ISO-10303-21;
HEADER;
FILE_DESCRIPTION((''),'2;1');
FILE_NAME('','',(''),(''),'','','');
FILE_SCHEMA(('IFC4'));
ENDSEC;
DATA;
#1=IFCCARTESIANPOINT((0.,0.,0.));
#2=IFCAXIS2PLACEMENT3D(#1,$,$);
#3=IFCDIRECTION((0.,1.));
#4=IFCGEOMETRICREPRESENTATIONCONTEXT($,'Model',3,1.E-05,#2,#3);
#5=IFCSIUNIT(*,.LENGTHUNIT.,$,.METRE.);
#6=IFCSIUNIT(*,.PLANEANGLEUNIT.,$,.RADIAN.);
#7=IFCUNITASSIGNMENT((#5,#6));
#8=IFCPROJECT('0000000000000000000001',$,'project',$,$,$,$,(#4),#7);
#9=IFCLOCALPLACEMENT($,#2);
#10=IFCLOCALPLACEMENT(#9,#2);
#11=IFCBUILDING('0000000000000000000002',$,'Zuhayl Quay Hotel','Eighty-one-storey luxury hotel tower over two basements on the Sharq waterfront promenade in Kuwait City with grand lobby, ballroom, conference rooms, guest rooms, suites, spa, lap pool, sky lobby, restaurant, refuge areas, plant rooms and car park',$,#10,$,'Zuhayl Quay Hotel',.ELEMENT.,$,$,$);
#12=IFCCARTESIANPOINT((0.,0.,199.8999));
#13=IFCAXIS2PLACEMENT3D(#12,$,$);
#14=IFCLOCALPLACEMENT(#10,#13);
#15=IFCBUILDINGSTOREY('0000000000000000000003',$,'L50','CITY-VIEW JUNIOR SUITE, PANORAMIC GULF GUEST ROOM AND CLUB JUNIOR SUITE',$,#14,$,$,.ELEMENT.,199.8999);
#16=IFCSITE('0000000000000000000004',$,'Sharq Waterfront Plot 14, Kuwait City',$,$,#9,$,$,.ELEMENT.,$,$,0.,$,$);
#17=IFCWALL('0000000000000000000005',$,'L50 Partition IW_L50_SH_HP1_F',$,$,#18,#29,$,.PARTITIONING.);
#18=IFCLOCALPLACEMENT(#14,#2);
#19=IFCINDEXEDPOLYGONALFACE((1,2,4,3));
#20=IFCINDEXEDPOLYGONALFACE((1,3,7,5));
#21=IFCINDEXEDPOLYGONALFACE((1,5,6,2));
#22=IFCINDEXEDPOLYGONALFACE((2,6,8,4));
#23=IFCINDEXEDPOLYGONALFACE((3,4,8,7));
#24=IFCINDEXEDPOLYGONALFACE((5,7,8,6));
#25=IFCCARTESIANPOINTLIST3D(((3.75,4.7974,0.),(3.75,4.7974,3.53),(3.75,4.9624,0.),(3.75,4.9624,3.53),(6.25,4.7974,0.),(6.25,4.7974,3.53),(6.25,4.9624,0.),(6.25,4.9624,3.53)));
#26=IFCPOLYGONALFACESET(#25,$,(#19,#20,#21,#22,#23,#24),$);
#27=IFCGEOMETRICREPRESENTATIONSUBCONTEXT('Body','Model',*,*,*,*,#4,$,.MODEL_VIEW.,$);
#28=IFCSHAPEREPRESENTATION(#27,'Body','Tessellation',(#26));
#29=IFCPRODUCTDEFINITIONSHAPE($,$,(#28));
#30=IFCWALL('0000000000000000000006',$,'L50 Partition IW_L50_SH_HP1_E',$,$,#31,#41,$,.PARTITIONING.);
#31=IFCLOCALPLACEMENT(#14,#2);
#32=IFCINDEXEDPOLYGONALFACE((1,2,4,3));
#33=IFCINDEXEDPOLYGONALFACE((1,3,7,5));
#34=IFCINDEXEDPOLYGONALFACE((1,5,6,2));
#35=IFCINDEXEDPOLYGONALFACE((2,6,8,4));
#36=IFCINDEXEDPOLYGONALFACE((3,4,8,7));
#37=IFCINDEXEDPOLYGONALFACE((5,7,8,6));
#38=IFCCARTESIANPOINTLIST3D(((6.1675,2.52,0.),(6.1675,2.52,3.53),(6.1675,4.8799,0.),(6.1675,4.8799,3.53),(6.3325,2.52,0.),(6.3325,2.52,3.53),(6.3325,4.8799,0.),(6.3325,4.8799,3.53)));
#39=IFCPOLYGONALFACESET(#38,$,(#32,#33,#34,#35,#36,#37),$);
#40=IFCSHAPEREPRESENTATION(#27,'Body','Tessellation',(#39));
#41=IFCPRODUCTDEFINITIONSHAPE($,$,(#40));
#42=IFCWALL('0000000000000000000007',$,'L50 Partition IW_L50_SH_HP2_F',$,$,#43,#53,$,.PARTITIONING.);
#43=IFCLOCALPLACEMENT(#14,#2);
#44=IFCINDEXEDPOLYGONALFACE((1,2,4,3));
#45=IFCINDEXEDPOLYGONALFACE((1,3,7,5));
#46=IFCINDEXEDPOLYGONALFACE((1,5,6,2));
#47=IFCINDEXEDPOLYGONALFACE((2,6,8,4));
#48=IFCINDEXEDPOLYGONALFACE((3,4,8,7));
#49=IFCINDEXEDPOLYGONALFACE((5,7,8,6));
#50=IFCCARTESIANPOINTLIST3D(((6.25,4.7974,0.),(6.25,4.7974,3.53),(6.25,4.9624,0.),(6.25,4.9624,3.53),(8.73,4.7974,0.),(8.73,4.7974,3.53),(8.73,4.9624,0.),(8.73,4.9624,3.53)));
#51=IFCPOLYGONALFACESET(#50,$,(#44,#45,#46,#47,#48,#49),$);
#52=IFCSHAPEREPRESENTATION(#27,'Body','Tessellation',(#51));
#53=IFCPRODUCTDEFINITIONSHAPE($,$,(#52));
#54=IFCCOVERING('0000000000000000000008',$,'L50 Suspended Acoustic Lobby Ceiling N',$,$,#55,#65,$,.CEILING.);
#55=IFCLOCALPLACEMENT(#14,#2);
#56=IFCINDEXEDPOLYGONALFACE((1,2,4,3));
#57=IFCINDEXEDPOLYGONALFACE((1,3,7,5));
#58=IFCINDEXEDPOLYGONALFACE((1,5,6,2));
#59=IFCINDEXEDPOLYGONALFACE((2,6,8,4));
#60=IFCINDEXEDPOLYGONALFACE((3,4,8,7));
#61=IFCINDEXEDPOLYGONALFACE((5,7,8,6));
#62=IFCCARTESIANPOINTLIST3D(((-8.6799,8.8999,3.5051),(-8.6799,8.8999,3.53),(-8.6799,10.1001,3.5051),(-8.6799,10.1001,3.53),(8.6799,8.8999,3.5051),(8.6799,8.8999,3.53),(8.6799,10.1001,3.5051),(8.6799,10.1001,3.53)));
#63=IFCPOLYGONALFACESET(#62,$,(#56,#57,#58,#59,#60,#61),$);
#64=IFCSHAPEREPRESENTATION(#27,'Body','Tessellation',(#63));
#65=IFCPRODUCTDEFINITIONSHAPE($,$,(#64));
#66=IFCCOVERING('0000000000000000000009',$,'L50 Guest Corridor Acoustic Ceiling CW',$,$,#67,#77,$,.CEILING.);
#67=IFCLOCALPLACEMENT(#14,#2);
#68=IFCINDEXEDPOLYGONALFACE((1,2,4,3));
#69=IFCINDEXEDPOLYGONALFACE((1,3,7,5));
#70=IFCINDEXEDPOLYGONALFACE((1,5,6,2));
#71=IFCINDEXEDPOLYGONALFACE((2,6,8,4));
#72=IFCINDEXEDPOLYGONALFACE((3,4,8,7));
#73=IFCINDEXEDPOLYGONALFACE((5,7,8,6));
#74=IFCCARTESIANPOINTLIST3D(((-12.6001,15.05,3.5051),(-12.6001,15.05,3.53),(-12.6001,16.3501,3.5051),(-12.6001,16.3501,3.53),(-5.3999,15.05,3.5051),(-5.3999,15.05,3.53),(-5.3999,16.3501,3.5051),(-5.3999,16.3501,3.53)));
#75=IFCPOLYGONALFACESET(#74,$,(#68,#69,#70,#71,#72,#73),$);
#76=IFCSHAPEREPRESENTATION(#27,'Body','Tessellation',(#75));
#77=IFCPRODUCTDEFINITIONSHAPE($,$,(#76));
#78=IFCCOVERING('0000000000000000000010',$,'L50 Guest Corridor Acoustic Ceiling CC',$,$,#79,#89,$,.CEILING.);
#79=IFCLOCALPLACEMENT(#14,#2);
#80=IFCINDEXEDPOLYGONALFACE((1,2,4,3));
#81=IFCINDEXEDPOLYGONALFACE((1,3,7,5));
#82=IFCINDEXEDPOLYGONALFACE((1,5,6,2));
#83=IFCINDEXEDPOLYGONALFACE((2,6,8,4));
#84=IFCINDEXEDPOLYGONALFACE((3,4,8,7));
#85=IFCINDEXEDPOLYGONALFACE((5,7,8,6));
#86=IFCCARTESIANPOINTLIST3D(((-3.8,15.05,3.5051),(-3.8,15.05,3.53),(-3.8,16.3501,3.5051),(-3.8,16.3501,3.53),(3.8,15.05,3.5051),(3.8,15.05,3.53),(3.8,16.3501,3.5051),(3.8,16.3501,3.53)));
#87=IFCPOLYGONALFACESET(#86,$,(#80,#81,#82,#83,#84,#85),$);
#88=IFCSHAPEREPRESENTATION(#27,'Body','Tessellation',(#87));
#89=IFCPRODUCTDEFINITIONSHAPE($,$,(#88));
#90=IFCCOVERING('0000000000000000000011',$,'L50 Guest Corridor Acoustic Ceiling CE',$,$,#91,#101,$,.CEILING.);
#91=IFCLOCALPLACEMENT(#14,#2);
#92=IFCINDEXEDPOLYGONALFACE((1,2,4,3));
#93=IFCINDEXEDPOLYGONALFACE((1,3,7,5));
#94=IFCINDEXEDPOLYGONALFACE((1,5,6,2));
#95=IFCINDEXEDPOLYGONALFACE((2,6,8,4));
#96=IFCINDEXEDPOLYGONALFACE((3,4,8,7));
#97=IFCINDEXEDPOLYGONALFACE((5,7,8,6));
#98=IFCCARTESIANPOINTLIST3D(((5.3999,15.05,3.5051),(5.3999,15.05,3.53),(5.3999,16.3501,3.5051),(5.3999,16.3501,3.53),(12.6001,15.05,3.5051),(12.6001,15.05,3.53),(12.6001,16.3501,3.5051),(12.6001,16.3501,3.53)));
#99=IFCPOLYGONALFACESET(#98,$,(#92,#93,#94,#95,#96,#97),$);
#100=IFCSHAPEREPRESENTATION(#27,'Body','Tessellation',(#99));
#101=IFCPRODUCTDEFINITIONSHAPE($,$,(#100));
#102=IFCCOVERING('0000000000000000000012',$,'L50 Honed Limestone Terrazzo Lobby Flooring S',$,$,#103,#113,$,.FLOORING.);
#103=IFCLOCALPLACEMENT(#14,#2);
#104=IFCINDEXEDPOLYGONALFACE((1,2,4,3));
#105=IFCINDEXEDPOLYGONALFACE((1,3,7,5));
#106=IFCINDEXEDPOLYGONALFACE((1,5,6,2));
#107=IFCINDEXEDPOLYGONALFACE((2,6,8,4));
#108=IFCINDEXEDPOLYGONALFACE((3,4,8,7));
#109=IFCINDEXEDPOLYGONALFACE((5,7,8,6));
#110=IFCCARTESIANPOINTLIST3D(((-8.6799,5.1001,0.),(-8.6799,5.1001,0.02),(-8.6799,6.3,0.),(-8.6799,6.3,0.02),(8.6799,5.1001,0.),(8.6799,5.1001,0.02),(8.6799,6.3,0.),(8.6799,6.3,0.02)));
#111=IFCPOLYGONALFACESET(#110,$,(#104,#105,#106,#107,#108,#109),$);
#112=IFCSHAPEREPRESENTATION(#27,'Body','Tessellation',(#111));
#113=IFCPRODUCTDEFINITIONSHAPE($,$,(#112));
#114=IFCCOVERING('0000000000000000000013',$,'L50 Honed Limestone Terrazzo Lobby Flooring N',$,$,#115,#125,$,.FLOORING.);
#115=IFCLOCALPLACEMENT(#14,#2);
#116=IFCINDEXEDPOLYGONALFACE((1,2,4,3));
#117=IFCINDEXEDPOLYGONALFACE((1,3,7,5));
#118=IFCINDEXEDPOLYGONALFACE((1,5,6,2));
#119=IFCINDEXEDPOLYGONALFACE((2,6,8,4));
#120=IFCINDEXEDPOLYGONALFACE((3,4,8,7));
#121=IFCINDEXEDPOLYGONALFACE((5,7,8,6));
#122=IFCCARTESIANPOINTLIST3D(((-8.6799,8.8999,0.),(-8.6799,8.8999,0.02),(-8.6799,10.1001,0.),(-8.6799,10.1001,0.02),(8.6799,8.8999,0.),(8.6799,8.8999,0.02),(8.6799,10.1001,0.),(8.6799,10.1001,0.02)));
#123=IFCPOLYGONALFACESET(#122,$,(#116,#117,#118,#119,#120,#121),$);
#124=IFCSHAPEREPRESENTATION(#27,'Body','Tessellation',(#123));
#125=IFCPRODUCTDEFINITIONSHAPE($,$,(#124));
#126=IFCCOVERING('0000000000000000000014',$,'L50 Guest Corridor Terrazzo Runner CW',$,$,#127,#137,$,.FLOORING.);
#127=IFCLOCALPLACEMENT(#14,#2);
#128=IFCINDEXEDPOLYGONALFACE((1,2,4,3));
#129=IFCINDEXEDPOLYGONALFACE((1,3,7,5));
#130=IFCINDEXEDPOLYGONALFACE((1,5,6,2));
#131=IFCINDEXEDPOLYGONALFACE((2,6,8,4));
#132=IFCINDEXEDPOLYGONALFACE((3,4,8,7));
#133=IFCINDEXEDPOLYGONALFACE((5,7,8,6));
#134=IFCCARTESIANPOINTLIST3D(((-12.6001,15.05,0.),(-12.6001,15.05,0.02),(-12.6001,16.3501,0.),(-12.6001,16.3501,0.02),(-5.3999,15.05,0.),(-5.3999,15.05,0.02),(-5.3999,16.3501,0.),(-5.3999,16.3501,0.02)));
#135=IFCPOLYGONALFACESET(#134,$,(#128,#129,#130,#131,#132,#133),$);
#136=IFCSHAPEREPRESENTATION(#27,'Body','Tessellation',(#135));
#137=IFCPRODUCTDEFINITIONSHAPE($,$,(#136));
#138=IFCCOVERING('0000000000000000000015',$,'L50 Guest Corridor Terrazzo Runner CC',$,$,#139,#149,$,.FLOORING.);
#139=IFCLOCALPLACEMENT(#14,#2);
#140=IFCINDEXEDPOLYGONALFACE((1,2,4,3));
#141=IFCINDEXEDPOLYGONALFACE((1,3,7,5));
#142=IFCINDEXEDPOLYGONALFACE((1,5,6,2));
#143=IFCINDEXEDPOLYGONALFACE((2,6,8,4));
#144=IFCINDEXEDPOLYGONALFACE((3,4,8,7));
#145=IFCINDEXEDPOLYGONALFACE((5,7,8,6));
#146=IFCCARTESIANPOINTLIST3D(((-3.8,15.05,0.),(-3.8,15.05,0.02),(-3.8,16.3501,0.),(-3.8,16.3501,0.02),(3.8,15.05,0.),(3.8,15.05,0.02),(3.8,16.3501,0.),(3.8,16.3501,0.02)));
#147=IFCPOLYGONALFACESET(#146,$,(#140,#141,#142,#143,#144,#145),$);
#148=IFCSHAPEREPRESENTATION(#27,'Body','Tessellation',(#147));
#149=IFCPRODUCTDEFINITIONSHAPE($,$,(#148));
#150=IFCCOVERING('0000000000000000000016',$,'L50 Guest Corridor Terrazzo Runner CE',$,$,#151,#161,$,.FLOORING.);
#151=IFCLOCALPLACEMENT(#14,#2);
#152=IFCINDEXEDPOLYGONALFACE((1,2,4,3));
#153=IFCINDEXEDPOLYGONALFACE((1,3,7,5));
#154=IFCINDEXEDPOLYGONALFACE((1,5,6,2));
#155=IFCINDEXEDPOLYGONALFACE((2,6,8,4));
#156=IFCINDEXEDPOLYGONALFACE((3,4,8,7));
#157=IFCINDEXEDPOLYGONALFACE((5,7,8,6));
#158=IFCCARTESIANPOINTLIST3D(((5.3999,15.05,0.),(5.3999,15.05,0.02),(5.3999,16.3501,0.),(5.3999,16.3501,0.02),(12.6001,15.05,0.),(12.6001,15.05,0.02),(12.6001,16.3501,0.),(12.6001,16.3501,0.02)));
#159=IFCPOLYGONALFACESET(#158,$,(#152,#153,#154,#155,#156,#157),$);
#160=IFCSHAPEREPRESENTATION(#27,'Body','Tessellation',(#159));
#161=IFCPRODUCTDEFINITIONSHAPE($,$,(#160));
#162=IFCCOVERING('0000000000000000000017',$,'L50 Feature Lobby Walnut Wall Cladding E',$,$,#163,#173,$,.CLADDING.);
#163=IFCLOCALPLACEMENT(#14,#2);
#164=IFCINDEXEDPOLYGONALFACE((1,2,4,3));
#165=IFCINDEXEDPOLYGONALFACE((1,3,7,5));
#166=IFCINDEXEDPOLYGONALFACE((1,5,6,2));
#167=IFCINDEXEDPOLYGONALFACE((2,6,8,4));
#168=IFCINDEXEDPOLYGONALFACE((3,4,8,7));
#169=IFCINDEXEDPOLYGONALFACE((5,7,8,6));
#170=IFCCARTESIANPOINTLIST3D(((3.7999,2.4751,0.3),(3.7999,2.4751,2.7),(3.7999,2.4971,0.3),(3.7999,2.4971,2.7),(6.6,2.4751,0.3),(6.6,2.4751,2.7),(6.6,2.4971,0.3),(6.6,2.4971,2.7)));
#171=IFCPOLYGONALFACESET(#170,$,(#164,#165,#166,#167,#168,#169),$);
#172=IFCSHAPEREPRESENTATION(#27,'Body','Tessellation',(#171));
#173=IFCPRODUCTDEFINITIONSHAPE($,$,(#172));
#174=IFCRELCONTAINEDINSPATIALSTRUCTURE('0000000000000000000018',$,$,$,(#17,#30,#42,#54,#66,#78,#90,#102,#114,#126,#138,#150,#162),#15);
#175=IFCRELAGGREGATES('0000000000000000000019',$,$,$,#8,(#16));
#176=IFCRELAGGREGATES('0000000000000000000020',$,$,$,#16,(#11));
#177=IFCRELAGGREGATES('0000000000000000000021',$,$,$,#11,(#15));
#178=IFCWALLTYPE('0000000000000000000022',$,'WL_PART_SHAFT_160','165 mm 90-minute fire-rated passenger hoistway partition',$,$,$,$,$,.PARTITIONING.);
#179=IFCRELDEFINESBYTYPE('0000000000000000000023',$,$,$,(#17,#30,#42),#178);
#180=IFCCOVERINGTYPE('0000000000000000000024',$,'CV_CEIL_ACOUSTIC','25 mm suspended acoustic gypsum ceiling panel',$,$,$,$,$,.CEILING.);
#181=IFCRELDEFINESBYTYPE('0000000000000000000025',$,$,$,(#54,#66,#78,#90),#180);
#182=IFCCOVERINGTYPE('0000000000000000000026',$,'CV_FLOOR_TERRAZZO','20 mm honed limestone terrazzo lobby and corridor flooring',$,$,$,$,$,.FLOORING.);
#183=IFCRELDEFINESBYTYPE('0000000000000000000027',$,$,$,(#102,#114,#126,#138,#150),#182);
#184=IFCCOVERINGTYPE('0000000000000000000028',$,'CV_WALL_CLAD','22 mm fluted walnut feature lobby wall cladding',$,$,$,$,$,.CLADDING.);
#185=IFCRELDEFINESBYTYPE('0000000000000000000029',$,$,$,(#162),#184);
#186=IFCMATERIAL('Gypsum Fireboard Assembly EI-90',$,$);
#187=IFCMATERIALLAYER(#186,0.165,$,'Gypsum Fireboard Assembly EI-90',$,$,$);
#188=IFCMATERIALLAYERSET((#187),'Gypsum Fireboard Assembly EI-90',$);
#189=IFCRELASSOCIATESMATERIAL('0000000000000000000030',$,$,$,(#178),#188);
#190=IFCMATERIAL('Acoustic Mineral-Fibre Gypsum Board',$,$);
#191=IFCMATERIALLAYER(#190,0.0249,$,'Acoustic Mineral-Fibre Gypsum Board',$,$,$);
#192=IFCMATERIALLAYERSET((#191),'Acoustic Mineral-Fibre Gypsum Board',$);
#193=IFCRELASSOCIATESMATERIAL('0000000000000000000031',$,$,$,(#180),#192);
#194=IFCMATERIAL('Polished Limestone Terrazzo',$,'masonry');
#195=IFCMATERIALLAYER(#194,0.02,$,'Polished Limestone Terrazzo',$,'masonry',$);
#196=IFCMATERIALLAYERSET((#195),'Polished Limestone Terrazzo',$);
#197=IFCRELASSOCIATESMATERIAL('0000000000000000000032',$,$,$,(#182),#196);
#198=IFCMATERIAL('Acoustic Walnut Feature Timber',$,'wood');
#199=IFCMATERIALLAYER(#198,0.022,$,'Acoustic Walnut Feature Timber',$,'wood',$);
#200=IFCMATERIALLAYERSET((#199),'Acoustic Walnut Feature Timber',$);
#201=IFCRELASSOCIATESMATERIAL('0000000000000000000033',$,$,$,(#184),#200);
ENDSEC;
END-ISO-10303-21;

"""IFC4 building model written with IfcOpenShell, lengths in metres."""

from ifc_helpers import new_model, si_unit, direction, frame, frame_2d, origin, origin_2d, place, context, subcontext, project, spatial, polyline, rectangle, outline, extrude, material, layer, layer_set, type_object, element, save


model = new_model("IFC4")

# Units and contexts
model_context = context("Model", 3, precision=1e-05, world=origin(), true_north=direction((0.0, 1.0)))
body_context = subcontext(model_context, "Body", "Model", "MODEL_VIEW")
ifc_project = project(units=[si_unit("LENGTHUNIT", "METRE"), si_unit("PLANEANGLEUNIT", "RADIAN")], contexts=[model_context])

# Site, building, storey
site_placement = place(None, origin())
site = spatial("IfcSite", under=ifc_project, at=site_placement, Name="Sharq Waterfront Plot 14, Kuwait City", CompositionType="ELEMENT", RefElevation=0.0)
building_placement = place(site_placement, origin())
building = spatial("IfcBuilding", under=site, at=building_placement, Name="Zuhayl Quay Hotel", Description="Eighty-one-storey luxury hotel tower over two basements on the Sharq waterfront promenade in Kuwait City with grand lobby, ballroom, conference rooms, guest rooms, suites, spa, lap pool, sky lobby, restaurant, refuge areas, plant rooms and car park", LongName="Zuhayl Quay Hotel", CompositionType="ELEMENT")
storey_placement = place(building_placement, frame((0.0, 0.0, 199.8999)))
storey = spatial("IfcBuildingStorey", under=building, at=storey_placement, Name="L50", Description="CITY-VIEW JUNIOR SUITE, PANORAMIC GULF GUEST ROOM AND CLUB JUNIOR SUITE", CompositionType="ELEMENT", Elevation=199.8999)

# Shared definitions
ifc_material_1 = material(Name="Gypsum Fireboard Assembly EI-90")
ifc_layer_1 = layer(ifc_material_1, 0.165, Name="Gypsum Fireboard Assembly EI-90")
ifc_layer_set_1 = layer_set([ifc_layer_1], Name="Gypsum Fireboard Assembly EI-90")
wall_type_1 = type_object("IfcWallType", Name="WL_PART_SHAFT_160", Description="165 mm 90-minute fire-rated passenger hoistway partition", PredefinedType="PARTITIONING", material=ifc_layer_set_1)

# Walls
wall_1_placement = place(storey_placement, frame((3.75, 4.8799, 0.0), z_axis=(0.0, 0.0, 1.0), x_axis=(1.0, 0.0, 0.0)))
element("IfcWall", 1, at=wall_1_placement, inside=storey, type_object=wall_type_1, Name="L50 Partition IW_L50_SH_HP1_F", PredefinedType="PARTITIONING", context=body_context, shape_type="SweptSolid", body=[
    extrude(rectangle(XDim=2.5, YDim=0.165, at=frame_2d((1.25, 0.0))), origin(), (0.0, 0.0, 1.0), 3.53),
])
wall_2_placement = place(storey_placement, frame((6.25, 2.52, 0.0), z_axis=(0.0, 0.0, 1.0), x_axis=(0.0, 1.0, 0.0)))
element("IfcWall", 2, at=wall_2_placement, inside=storey, type_object=wall_type_1, Name="L50 Partition IW_L50_SH_HP1_E", PredefinedType="PARTITIONING", context=body_context, shape_type="SweptSolid", body=[
    extrude(rectangle(XDim=2.3599, YDim=0.165, at=frame_2d((1.1799, 0.0))), origin(), (0.0, 0.0, 1.0), 3.53),
])
wall_3_placement = place(storey_placement, frame((6.25, 4.8799, 0.0), z_axis=(0.0, 0.0, 1.0), x_axis=(1.0, 0.0, 0.0)))
element("IfcWall", 3, at=wall_3_placement, inside=storey, type_object=wall_type_1, Name="L50 Partition IW_L50_SH_HP2_F", PredefinedType="PARTITIONING", context=body_context, shape_type="SweptSolid", body=[
    extrude(rectangle(XDim=2.48, YDim=0.165, at=frame_2d((1.24, 0.0))), origin(), (0.0, 0.0, 1.0), 3.53),
])

# Coverings
ifc_material_2 = material(Name="Acoustic Mineral-Fibre Gypsum Board")
ifc_layer_2 = layer(ifc_material_2, 0.0249, Name="Acoustic Mineral-Fibre Gypsum Board")
ifc_layer_set_2 = layer_set([ifc_layer_2], Name="Acoustic Mineral-Fibre Gypsum Board")
covering_type_1 = type_object("IfcCoveringType", Name="CV_CEIL_ACOUSTIC", Description="25 mm suspended acoustic gypsum ceiling panel", PredefinedType="CEILING", material=ifc_layer_set_2)
covering_1_placement = place(storey_placement, frame((0.0, 0.0, 3.5051)))
element("IfcCovering", 4, at=covering_1_placement, inside=storey, type_object=covering_type_1, Name="L50 Suspended Acoustic Lobby Ceiling N", PredefinedType="CEILING", context=body_context, shape_type="SweptSolid", body=[
    extrude(outline(polyline([(-8.6799, 8.8999), (8.6799, 8.8999), (8.6799, 10.1001), (-8.6799, 10.1001), (-8.6799, 8.8999)])), origin(), (0.0, 0.0, 1.0), 0.0249),
])
covering_2_placement = place(storey_placement, frame((0.0, 0.0, 3.5051)))
element("IfcCovering", 5, at=covering_2_placement, inside=storey, type_object=covering_type_1, Name="L50 Guest Corridor Acoustic Ceiling CW", PredefinedType="CEILING", context=body_context, shape_type="SweptSolid", body=[
    extrude(outline(polyline([(-12.6001, 15.05), (-5.3999, 15.05), (-5.3999, 16.3501), (-12.6001, 16.3501), (-12.6001, 15.05)])), origin(), (0.0, 0.0, 1.0), 0.0249),
])
covering_3_placement = place(storey_placement, frame((0.0, 0.0, 3.5051)))
element("IfcCovering", 6, at=covering_3_placement, inside=storey, type_object=covering_type_1, Name="L50 Guest Corridor Acoustic Ceiling CC", PredefinedType="CEILING", context=body_context, shape_type="SweptSolid", body=[
    extrude(outline(polyline([(-3.8, 15.05), (3.8, 15.05), (3.8, 16.3501), (-3.8, 16.3501), (-3.8, 15.05)])), origin(), (0.0, 0.0, 1.0), 0.0249),
])
covering_4_placement = place(storey_placement, frame((0.0, 0.0, 3.5051)))
element("IfcCovering", 7, at=covering_4_placement, inside=storey, type_object=covering_type_1, Name="L50 Guest Corridor Acoustic Ceiling CE", PredefinedType="CEILING", context=body_context, shape_type="SweptSolid", body=[
    extrude(outline(polyline([(5.3999, 15.05), (12.6001, 15.05), (12.6001, 16.3501), (5.3999, 16.3501), (5.3999, 15.05)])), origin(), (0.0, 0.0, 1.0), 0.0249),
])
ifc_material_3 = material(Name="Polished Limestone Terrazzo", Category="masonry")
ifc_layer_3 = layer(ifc_material_3, 0.02, Name="Polished Limestone Terrazzo", Category="masonry")
ifc_layer_set_3 = layer_set([ifc_layer_3], Name="Polished Limestone Terrazzo")
covering_type_2 = type_object("IfcCoveringType", Name="CV_FLOOR_TERRAZZO", Description="20 mm honed limestone terrazzo lobby and corridor flooring", PredefinedType="FLOORING", material=ifc_layer_set_3)
covering_5_placement = place(storey_placement, origin())
element("IfcCovering", 8, at=covering_5_placement, inside=storey, type_object=covering_type_2, Name="L50 Honed Limestone Terrazzo Lobby Flooring S", PredefinedType="FLOORING", context=body_context, shape_type="SweptSolid", body=[
    extrude(outline(polyline([(-8.6799, 5.1001), (8.6799, 5.1001), (8.6799, 6.3), (-8.6799, 6.3), (-8.6799, 5.1001)])), origin(), (0.0, 0.0, 1.0), 0.02),
])
covering_6_placement = place(storey_placement, origin())
element("IfcCovering", 9, at=covering_6_placement, inside=storey, type_object=covering_type_2, Name="L50 Honed Limestone Terrazzo Lobby Flooring N", PredefinedType="FLOORING", context=body_context, shape_type="SweptSolid", body=[
    extrude(outline(polyline([(-8.6799, 8.8999), (8.6799, 8.8999), (8.6799, 10.1001), (-8.6799, 10.1001), (-8.6799, 8.8999)])), origin(), (0.0, 0.0, 1.0), 0.02),
])
covering_7_placement = place(storey_placement, origin())
element("IfcCovering", 10, at=covering_7_placement, inside=storey, type_object=covering_type_2, Name="L50 Guest Corridor Terrazzo Runner CW", PredefinedType="FLOORING", context=body_context, shape_type="SweptSolid", body=[
    extrude(outline(polyline([(-12.6001, 15.05), (-5.3999, 15.05), (-5.3999, 16.3501), (-12.6001, 16.3501), (-12.6001, 15.05)])), origin(), (0.0, 0.0, 1.0), 0.02),
])
covering_8_placement = place(storey_placement, origin())
element("IfcCovering", 11, at=covering_8_placement, inside=storey, type_object=covering_type_2, Name="L50 Guest Corridor Terrazzo Runner CC", PredefinedType="FLOORING", context=body_context, shape_type="SweptSolid", body=[
    extrude(outline(polyline([(-3.8, 15.05), (3.8, 15.05), (3.8, 16.3501), (-3.8, 16.3501), (-3.8, 15.05)])), origin(), (0.0, 0.0, 1.0), 0.02),
])
covering_9_placement = place(storey_placement, origin())
element("IfcCovering", 12, at=covering_9_placement, inside=storey, type_object=covering_type_2, Name="L50 Guest Corridor Terrazzo Runner CE", PredefinedType="FLOORING", context=body_context, shape_type="SweptSolid", body=[
    extrude(outline(polyline([(5.3999, 15.05), (12.6001, 15.05), (12.6001, 16.3501), (5.3999, 16.3501), (5.3999, 15.05)])), origin(), (0.0, 0.0, 1.0), 0.02),
])
ifc_material_4 = material(Name="Acoustic Walnut Feature Timber", Category="wood")
ifc_layer_4 = layer(ifc_material_4, 0.022, Name="Acoustic Walnut Feature Timber", Category="wood")
ifc_layer_set_4 = layer_set([ifc_layer_4], Name="Acoustic Walnut Feature Timber")
covering_type_3 = type_object("IfcCoveringType", Name="CV_WALL_CLAD", Description="22 mm fluted walnut feature lobby wall cladding", PredefinedType="CLADDING", material=ifc_layer_set_4)
covering_10_placement = place(storey_placement, frame((5.2, 2.4861, 0.3), z_axis=(0.0, 0.0, 1.0), x_axis=(1.0, 0.0, 0.0)))
element("IfcCovering", 13, at=covering_10_placement, inside=storey, type_object=covering_type_3, Name="L50 Feature Lobby Walnut Wall Cladding E", PredefinedType="CLADDING", context=body_context, shape_type="SweptSolid", body=[
    extrude(rectangle(XDim=2.8, YDim=0.022, at=origin_2d()), origin(), (0.0, 0.0, 1.0), 2.3999),
])

save(model, "model.ifc")
